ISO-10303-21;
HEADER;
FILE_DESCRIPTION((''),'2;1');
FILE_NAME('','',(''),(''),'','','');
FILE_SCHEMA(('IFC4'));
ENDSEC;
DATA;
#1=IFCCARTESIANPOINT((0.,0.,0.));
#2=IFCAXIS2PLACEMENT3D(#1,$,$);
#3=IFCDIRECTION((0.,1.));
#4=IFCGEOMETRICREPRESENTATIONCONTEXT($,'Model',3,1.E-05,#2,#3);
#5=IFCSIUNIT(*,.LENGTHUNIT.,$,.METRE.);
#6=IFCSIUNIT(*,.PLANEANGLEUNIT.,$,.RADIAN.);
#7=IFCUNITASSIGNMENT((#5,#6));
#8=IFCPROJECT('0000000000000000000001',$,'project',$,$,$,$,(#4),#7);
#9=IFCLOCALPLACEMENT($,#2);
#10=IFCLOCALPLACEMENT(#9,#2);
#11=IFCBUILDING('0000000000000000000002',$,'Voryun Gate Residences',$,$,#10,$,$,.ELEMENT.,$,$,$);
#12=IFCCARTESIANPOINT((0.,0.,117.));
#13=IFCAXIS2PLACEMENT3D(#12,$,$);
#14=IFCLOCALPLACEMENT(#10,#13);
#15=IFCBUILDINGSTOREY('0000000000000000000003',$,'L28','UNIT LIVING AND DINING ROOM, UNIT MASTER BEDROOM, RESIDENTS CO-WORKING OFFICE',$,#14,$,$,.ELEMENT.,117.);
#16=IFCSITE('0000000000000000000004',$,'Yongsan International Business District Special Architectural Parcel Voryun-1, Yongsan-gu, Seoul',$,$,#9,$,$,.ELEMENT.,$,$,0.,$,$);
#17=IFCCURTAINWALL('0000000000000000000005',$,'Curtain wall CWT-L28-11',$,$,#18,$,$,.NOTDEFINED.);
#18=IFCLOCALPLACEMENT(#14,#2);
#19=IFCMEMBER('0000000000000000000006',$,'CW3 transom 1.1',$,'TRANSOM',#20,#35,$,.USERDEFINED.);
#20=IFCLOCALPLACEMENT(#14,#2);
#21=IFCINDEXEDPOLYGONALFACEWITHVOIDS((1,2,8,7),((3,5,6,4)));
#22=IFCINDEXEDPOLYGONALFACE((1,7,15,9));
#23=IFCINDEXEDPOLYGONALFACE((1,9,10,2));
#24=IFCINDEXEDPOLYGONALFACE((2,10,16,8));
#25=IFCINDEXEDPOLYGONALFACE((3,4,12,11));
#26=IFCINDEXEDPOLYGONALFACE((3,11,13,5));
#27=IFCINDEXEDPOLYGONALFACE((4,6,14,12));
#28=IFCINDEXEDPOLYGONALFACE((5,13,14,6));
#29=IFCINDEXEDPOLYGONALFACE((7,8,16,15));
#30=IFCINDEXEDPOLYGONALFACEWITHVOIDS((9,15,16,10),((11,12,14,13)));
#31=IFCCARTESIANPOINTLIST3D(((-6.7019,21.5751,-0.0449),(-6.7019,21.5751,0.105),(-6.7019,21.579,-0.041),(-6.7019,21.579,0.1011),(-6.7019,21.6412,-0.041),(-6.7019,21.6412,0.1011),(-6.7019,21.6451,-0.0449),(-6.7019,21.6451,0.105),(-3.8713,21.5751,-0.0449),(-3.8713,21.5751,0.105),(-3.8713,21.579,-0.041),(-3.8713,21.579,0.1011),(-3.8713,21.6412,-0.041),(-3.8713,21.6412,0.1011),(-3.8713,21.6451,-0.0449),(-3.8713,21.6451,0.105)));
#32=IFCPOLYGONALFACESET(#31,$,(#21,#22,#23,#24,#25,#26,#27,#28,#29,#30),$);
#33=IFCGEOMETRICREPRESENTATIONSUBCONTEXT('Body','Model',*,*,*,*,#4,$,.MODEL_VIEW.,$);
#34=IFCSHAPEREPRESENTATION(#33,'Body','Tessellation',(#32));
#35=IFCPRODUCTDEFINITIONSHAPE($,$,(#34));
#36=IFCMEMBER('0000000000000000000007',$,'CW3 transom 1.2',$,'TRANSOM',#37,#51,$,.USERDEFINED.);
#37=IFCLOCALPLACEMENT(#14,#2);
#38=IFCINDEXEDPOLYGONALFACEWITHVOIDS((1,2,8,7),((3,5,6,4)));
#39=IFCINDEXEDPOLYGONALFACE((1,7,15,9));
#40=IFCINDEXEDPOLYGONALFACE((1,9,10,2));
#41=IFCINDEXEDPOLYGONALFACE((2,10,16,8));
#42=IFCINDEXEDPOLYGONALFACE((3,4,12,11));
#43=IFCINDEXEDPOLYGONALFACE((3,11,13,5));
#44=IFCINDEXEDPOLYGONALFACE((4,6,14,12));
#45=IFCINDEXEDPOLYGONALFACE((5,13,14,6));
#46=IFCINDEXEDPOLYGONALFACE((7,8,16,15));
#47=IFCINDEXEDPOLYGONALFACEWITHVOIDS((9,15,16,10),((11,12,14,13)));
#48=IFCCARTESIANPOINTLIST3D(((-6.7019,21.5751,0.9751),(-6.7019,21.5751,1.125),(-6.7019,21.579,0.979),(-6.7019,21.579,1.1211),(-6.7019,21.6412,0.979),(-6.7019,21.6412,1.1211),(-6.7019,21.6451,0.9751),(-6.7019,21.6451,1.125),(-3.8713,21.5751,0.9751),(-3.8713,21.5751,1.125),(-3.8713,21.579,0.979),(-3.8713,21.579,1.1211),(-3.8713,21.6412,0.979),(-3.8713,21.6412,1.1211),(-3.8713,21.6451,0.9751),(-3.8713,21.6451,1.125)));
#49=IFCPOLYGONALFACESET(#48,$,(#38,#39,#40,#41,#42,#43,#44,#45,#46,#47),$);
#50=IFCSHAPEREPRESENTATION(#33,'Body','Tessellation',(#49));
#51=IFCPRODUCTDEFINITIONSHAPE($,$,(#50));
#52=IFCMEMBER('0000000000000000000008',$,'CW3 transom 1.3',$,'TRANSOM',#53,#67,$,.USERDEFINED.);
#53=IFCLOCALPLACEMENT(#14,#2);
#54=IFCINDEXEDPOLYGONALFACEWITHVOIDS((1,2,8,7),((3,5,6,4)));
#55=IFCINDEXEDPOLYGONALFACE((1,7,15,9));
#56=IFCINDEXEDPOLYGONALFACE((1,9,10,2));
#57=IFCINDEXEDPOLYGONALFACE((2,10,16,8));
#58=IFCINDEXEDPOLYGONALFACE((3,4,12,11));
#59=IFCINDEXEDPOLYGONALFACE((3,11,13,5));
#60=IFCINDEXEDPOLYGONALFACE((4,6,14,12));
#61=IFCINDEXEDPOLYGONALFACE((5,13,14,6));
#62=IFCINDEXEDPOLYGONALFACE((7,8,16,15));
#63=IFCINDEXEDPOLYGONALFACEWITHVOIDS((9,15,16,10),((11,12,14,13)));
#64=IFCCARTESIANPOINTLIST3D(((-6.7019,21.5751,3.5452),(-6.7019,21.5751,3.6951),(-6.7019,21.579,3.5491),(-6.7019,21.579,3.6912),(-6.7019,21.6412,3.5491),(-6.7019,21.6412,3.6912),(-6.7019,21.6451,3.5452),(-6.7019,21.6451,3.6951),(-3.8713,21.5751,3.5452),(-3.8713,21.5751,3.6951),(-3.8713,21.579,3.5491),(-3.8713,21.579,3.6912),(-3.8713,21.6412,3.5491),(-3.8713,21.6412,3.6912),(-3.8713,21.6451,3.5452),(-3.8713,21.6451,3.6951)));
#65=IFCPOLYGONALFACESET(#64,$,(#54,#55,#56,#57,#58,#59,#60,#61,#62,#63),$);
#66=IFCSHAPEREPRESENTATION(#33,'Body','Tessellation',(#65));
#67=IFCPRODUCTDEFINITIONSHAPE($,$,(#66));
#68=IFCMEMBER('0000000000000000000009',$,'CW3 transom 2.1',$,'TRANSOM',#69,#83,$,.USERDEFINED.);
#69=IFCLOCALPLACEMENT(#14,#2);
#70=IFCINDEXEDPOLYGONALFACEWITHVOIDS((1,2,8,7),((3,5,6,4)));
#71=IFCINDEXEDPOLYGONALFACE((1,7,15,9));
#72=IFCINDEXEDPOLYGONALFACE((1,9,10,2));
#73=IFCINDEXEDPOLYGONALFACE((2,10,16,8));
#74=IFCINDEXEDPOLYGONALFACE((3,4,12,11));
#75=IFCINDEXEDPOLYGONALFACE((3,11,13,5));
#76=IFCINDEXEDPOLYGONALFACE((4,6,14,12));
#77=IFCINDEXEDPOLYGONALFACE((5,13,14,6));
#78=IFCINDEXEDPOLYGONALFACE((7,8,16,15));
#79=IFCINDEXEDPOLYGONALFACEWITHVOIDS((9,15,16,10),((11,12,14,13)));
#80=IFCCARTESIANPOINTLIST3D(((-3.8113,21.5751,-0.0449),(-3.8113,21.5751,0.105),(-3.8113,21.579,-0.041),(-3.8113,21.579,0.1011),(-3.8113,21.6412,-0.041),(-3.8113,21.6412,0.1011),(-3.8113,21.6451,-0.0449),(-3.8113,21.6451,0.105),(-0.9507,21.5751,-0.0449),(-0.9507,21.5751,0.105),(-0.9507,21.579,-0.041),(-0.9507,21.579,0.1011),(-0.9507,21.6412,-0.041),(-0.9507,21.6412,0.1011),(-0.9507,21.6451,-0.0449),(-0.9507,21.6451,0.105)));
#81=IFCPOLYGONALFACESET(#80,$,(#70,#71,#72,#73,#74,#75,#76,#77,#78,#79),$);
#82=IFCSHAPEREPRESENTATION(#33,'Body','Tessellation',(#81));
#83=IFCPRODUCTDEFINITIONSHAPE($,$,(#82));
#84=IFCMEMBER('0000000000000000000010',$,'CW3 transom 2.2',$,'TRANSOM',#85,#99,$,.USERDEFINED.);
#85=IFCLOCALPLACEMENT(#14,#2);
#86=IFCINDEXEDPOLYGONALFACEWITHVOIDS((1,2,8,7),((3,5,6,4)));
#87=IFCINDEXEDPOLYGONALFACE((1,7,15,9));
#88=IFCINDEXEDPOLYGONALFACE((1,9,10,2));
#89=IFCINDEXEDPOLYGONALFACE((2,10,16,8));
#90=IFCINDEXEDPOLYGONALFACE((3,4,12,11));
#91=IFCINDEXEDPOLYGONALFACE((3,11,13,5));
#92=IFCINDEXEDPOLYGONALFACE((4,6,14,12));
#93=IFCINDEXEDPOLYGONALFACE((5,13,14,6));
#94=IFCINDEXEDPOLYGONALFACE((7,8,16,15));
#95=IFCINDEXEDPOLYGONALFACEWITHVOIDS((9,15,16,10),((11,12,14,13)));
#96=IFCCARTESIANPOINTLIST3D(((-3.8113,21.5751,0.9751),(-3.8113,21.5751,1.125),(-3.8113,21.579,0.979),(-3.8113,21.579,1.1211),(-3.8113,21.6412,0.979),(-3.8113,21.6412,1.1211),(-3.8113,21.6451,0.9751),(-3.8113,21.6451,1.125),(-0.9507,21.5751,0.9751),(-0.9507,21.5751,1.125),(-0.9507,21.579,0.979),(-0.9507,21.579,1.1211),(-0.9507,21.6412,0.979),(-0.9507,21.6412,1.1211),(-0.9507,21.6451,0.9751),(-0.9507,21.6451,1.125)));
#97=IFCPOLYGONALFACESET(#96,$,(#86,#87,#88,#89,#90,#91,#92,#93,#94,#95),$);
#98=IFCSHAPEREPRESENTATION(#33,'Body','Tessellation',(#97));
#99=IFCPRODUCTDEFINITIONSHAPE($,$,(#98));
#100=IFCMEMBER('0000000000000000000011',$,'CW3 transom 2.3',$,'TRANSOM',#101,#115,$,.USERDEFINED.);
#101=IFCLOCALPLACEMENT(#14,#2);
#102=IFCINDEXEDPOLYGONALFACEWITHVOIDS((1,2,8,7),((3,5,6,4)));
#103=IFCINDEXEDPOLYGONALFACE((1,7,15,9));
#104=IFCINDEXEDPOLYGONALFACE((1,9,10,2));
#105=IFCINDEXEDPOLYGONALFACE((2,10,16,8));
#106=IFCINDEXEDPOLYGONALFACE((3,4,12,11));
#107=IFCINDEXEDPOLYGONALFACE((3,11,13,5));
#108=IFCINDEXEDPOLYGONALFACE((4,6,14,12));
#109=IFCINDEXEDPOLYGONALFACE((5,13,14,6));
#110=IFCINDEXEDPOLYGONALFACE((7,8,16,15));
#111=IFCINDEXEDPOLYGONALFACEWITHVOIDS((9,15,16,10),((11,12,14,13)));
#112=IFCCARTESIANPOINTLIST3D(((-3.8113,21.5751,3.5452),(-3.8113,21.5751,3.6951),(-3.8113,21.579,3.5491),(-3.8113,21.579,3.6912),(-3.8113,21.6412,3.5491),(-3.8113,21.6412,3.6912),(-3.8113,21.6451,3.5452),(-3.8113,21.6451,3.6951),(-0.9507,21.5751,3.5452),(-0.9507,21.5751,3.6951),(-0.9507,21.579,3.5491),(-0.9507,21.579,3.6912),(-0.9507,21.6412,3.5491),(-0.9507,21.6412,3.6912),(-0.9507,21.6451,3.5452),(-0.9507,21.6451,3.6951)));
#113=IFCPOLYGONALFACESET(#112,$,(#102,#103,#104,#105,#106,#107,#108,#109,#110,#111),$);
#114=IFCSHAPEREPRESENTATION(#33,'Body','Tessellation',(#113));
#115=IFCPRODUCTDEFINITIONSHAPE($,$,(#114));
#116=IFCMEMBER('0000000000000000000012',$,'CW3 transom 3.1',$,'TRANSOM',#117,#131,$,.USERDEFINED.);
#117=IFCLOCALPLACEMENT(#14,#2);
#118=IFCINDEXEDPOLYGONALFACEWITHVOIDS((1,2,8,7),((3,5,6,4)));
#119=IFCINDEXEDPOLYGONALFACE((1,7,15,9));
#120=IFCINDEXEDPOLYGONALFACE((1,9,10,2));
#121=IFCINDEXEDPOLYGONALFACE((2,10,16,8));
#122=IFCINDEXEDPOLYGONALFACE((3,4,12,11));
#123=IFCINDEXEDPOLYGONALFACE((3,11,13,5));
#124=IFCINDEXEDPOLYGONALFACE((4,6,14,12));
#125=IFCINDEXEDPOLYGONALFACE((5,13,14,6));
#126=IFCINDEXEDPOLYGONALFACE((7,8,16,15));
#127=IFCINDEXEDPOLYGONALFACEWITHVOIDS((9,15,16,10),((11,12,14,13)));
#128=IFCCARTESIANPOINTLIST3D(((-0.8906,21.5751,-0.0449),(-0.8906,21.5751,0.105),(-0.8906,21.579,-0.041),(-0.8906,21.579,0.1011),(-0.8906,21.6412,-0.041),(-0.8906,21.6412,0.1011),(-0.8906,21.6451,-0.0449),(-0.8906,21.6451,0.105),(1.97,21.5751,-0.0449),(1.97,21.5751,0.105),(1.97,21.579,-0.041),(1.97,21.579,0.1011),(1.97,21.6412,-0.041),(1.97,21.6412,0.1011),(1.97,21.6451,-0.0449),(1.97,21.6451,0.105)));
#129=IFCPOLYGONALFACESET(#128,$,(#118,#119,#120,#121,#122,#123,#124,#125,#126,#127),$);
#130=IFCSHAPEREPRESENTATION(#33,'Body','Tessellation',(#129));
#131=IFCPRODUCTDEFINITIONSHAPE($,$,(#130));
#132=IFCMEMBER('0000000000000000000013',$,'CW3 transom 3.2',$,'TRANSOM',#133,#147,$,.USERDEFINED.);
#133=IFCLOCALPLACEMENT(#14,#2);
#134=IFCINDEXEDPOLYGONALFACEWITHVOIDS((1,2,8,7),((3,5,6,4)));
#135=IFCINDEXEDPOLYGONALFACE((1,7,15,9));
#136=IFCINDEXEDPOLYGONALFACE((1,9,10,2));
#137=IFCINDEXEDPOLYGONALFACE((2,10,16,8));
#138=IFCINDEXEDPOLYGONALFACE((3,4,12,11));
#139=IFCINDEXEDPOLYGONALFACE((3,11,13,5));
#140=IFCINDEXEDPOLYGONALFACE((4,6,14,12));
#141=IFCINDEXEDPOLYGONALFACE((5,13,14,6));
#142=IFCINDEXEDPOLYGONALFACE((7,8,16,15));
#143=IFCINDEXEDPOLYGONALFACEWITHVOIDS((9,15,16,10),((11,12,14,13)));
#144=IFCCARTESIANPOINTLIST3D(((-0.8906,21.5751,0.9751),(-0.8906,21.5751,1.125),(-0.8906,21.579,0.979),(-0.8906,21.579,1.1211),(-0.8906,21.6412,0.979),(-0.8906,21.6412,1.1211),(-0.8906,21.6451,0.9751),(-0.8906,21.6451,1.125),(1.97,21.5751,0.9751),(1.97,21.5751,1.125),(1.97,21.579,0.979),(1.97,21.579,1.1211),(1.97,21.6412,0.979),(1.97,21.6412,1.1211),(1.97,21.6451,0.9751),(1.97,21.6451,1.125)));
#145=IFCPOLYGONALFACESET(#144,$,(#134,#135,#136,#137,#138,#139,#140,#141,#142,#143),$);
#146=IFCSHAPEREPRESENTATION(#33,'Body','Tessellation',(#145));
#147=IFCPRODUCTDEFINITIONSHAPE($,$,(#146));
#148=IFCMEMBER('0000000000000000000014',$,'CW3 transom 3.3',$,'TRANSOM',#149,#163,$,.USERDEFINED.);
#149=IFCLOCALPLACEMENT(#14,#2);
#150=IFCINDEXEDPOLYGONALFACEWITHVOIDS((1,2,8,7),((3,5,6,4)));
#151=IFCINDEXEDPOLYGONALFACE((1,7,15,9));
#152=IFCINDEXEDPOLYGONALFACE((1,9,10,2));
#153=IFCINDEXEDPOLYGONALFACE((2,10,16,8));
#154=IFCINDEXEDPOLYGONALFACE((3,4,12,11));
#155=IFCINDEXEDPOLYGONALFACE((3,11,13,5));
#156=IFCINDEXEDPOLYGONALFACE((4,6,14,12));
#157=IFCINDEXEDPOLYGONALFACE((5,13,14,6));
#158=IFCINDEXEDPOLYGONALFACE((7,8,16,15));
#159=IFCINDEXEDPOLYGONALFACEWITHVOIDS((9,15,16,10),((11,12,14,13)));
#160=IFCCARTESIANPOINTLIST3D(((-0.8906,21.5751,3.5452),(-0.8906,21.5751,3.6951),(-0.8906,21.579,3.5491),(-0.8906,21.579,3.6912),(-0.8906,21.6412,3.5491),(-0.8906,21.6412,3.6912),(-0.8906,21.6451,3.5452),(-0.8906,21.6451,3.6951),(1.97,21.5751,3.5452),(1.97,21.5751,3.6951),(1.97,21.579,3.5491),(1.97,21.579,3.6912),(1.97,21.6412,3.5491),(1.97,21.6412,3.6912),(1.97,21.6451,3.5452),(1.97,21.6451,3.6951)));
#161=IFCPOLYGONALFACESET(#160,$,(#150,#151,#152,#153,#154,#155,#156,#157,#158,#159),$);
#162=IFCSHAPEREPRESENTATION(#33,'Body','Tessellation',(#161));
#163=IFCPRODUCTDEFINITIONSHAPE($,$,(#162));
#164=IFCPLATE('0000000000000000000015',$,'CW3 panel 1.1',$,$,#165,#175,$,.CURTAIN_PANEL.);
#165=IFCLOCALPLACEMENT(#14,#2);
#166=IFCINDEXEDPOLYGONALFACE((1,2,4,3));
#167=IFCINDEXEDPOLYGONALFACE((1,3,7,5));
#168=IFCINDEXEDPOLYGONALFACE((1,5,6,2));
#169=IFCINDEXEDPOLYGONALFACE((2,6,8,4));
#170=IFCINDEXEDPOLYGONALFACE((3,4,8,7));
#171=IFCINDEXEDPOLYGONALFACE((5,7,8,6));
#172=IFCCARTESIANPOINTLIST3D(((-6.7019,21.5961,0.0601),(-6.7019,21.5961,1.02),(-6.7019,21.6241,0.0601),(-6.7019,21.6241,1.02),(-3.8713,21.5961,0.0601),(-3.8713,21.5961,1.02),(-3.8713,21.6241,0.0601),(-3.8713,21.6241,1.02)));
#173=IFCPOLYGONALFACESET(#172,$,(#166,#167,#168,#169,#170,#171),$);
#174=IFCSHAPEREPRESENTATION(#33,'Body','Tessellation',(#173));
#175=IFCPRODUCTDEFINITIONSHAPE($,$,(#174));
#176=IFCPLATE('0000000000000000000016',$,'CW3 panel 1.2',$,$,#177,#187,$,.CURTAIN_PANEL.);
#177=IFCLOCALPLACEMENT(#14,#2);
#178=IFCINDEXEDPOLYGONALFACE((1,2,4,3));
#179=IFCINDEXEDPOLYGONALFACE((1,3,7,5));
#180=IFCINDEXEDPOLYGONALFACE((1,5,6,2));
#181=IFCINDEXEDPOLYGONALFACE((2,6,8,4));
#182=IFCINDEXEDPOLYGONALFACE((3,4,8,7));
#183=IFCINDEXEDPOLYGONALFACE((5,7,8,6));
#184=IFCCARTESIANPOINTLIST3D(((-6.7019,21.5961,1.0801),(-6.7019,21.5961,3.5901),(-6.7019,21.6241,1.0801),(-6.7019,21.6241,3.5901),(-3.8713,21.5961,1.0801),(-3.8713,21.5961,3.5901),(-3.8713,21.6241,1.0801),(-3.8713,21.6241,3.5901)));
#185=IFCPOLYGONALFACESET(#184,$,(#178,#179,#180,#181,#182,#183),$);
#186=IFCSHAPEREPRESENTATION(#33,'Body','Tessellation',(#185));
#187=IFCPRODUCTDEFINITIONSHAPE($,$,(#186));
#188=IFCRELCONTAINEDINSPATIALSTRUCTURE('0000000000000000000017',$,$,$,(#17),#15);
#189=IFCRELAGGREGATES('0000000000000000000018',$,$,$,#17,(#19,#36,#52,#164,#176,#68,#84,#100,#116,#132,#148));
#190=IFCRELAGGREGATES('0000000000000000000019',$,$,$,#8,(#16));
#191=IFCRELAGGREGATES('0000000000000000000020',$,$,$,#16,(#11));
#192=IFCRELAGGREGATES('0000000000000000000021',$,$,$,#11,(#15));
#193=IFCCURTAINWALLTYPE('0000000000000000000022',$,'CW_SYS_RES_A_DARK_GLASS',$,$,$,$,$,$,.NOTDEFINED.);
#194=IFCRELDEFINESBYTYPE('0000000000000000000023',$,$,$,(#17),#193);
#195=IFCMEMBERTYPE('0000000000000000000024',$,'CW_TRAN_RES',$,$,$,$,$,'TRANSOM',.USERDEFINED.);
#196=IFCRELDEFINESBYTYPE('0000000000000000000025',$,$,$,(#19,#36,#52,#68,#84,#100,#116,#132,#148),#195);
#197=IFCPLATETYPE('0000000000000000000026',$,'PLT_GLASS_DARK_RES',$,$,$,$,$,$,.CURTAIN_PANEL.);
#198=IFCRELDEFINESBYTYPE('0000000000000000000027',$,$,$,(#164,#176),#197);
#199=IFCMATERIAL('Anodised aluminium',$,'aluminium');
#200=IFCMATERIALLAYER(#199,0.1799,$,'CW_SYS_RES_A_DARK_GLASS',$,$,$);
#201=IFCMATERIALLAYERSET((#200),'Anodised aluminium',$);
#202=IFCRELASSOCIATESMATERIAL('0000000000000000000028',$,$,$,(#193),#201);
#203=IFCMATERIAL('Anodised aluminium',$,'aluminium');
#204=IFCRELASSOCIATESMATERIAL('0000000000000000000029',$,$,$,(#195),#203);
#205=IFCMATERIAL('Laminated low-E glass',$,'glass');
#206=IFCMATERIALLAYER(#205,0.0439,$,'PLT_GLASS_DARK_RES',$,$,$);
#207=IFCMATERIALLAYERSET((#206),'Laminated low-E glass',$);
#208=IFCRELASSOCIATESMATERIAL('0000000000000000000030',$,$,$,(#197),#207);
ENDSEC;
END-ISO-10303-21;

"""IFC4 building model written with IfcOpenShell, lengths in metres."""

from ifc_helpers import new_model, si_unit, direction, frame, origin, origin_2d, place, context, subcontext, project, spatial, rectangle, hollow_rectangle, extrude, material, layer, layer_set, material_profile, profile_set, type_object, element, aggregate, save


model = new_model("IFC4")

# Units and contexts
model_context = context("Model", 3, precision=1e-05, world=origin(), true_north=direction((0.0, 1.0)))
body_context = subcontext(model_context, "Body", "Model", "MODEL_VIEW")
ifc_project = project(units=[si_unit("LENGTHUNIT", "METRE"), si_unit("PLANEANGLEUNIT", "RADIAN")], contexts=[model_context])

# Site, building, storey
site_placement = place(None, origin())
site = spatial("IfcSite", under=ifc_project, at=site_placement, Name="Yongsan International Business District Special Architectural Parcel Voryun-1, Yongsan-gu, Seoul", CompositionType="ELEMENT", RefElevation=0.0)
building_placement = place(site_placement, origin())
building = spatial("IfcBuilding", under=site, at=building_placement, Name="Voryun Gate Residences", CompositionType="ELEMENT")
storey_placement = place(building_placement, frame((0.0, 0.0, 117.0)))
storey = spatial("IfcBuildingStorey", under=building, at=storey_placement, Name="L28", Description="UNIT LIVING AND DINING ROOM, UNIT MASTER BEDROOM, RESIDENTS CO-WORKING OFFICE", CompositionType="ELEMENT", Elevation=117.0)

# Curtain wall, members, plates
ifc_material_1 = material(Name="Anodised aluminium", Category="aluminium")
ifc_layer_1 = layer(ifc_material_1, 0.1799, Name="CW_SYS_RES_A_DARK_GLASS")
ifc_layer_set_1 = layer_set([ifc_layer_1], Name="Anodised aluminium")
curtain_wall_type = type_object("IfcCurtainWallType", Name="CW_SYS_RES_A_DARK_GLASS", PredefinedType="NOTDEFINED", material=ifc_layer_set_1)
curtain_wall_placement = place(storey_placement, origin())
curtain_wall = element("IfcCurtainWall", 1, at=curtain_wall_placement, inside=storey, type_object=curtain_wall_type, Name="Curtain wall CWT-L28-11", PredefinedType="NOTDEFINED")
ifc_material_2 = material(Name="Anodised aluminium", Category="aluminium")
ifc_material_profile_1 = material_profile(ifc_material_2, hollow_rectangle(XDim=0.0701, YDim=0.1499, WallThickness=0.0039, at=origin_2d()), Name="ALU-TRAN-150x70x4")
ifc_profile_set_1 = profile_set([ifc_material_profile_1], Name="Anodised aluminium")
member_type_1 = type_object("IfcMemberType", Name="CW_TRAN_RES", ElementType="TRANSOM", PredefinedType="USERDEFINED", material=ifc_profile_set_1)
member_1_placement = place(storey_placement, frame((-6.7019, 21.6101, 0.03), z_axis=(1.0, 0.0, 0.0), x_axis=(0.0, 1.0, 0.0)))
member_1 = element("IfcMember", 2, at=member_1_placement, type_object=member_type_1, Name="CW3 transom 1.1", ObjectType="TRANSOM", PredefinedType="USERDEFINED", context=body_context, shape_type="SweptSolid", body=[
    extrude(hollow_rectangle(XDim=0.0701, YDim=0.1499, WallThickness=0.0039, at=origin_2d()), origin(), (0.0, 0.0, 1.0), 2.8306),
])
member_2_placement = place(storey_placement, frame((-6.7019, 21.6101, 1.05), z_axis=(1.0, 0.0, 0.0), x_axis=(0.0, 1.0, 0.0)))
member_2 = element("IfcMember", 3, at=member_2_placement, type_object=member_type_1, Name="CW3 transom 1.2", ObjectType="TRANSOM", PredefinedType="USERDEFINED", context=body_context, shape_type="SweptSolid", body=[
    extrude(hollow_rectangle(XDim=0.0701, YDim=0.1499, WallThickness=0.0039, at=origin_2d()), origin(), (0.0, 0.0, 1.0), 2.8306),
])
member_3_placement = place(storey_placement, frame((-6.7019, 21.6101, 3.6201), z_axis=(1.0, 0.0, 0.0), x_axis=(0.0, 1.0, 0.0)))
member_3 = element("IfcMember", 4, at=member_3_placement, type_object=member_type_1, Name="CW3 transom 1.3", ObjectType="TRANSOM", PredefinedType="USERDEFINED", context=body_context, shape_type="SweptSolid", body=[
    extrude(hollow_rectangle(XDim=0.0701, YDim=0.1499, WallThickness=0.0039, at=origin_2d()), origin(), (0.0, 0.0, 1.0), 2.8306),
])
member_4_placement = place(storey_placement, frame((-3.8113, 21.6101, 0.03), z_axis=(1.0, 0.0, 0.0), x_axis=(0.0, 1.0, 0.0)))
member_4 = element("IfcMember", 5, at=member_4_placement, type_object=member_type_1, Name="CW3 transom 2.1", ObjectType="TRANSOM", PredefinedType="USERDEFINED", context=body_context, shape_type="SweptSolid", body=[
    extrude(hollow_rectangle(XDim=0.0701, YDim=0.1499, WallThickness=0.0039, at=origin_2d()), origin(), (0.0, 0.0, 1.0), 2.8606),
])
member_5_placement = place(storey_placement, frame((-3.8113, 21.6101, 1.05), z_axis=(1.0, 0.0, 0.0), x_axis=(0.0, 1.0, 0.0)))
member_5 = element("IfcMember", 6, at=member_5_placement, type_object=member_type_1, Name="CW3 transom 2.2", ObjectType="TRANSOM", PredefinedType="USERDEFINED", context=body_context, shape_type="SweptSolid", body=[
    extrude(hollow_rectangle(XDim=0.0701, YDim=0.1499, WallThickness=0.0039, at=origin_2d()), origin(), (0.0, 0.0, 1.0), 2.8606),
])
member_6_placement = place(storey_placement, frame((-3.8113, 21.6101, 3.6201), z_axis=(1.0, 0.0, 0.0), x_axis=(0.0, 1.0, 0.0)))
member_6 = element("IfcMember", 7, at=member_6_placement, type_object=member_type_1, Name="CW3 transom 2.3", ObjectType="TRANSOM", PredefinedType="USERDEFINED", context=body_context, shape_type="SweptSolid", body=[
    extrude(hollow_rectangle(XDim=0.0701, YDim=0.1499, WallThickness=0.0039, at=origin_2d()), origin(), (0.0, 0.0, 1.0), 2.8606),
])
member_7_placement = place(storey_placement, frame((-0.8906, 21.6101, 0.03), z_axis=(1.0, 0.0, 0.0), x_axis=(0.0, 1.0, 0.0)))
member_7 = element("IfcMember", 8, at=member_7_placement, type_object=member_type_1, Name="CW3 transom 3.1", ObjectType="TRANSOM", PredefinedType="USERDEFINED", context=body_context, shape_type="SweptSolid", body=[
    extrude(hollow_rectangle(XDim=0.0701, YDim=0.1499, WallThickness=0.0039, at=origin_2d()), origin(), (0.0, 0.0, 1.0), 2.8606),
])
member_8_placement = place(storey_placement, frame((-0.8906, 21.6101, 1.05), z_axis=(1.0, 0.0, 0.0), x_axis=(0.0, 1.0, 0.0)))
member_8 = element("IfcMember", 9, at=member_8_placement, type_object=member_type_1, Name="CW3 transom 3.2", ObjectType="TRANSOM", PredefinedType="USERDEFINED", context=body_context, shape_type="SweptSolid", body=[
    extrude(hollow_rectangle(XDim=0.0701, YDim=0.1499, WallThickness=0.0039, at=origin_2d()), origin(), (0.0, 0.0, 1.0), 2.8606),
])
member_9_placement = place(storey_placement, frame((-0.8906, 21.6101, 3.6201), z_axis=(1.0, 0.0, 0.0), x_axis=(0.0, 1.0, 0.0)))
member_9 = element("IfcMember", 10, at=member_9_placement, type_object=member_type_1, Name="CW3 transom 3.3", ObjectType="TRANSOM", PredefinedType="USERDEFINED", context=body_context, shape_type="SweptSolid", body=[
    extrude(hollow_rectangle(XDim=0.0701, YDim=0.1499, WallThickness=0.0039, at=origin_2d()), origin(), (0.0, 0.0, 1.0), 2.8606),
])
ifc_material_3 = material(Name="Laminated low-E glass", Category="glass")
ifc_layer_2 = layer(ifc_material_3, 0.0439, Name="PLT_GLASS_DARK_RES")
ifc_layer_set_2 = layer_set([ifc_layer_2], Name="Laminated low-E glass")
plate_type = type_object("IfcPlateType", Name="PLT_GLASS_DARK_RES", PredefinedType="CURTAIN_PANEL", material=ifc_layer_set_2)
plate_1_placement = place(storey_placement, frame((-5.2866, 21.6101, 0.0601), z_axis=(0.0, 0.0, 1.0), x_axis=(1.0, 0.0, 0.0)))
plate_1 = element("IfcPlate", 11, at=plate_1_placement, type_object=plate_type, Name="CW3 panel 1.1", PredefinedType="CURTAIN_PANEL", context=body_context, shape_type="SweptSolid", body=[
    extrude(rectangle(XDim=2.8306, YDim=0.0281, at=origin_2d()), origin(), (0.0, 0.0, 1.0), 0.96),
])
plate_2_placement = place(storey_placement, frame((-5.2866, 21.6101, 1.0801), z_axis=(0.0, 0.0, 1.0), x_axis=(1.0, 0.0, 0.0)))
plate_2 = element("IfcPlate", 12, at=plate_2_placement, type_object=plate_type, Name="CW3 panel 1.2", PredefinedType="CURTAIN_PANEL", context=body_context, shape_type="SweptSolid", body=[
    extrude(rectangle(XDim=2.8306, YDim=0.0281, at=origin_2d()), origin(), (0.0, 0.0, 1.0), 2.51),
])
aggregate(curtain_wall, [member_1, member_2, member_3, plate_1, plate_2, member_4, member_5, member_6, member_7, member_8, member_9])

save(model, "model.ifc")
